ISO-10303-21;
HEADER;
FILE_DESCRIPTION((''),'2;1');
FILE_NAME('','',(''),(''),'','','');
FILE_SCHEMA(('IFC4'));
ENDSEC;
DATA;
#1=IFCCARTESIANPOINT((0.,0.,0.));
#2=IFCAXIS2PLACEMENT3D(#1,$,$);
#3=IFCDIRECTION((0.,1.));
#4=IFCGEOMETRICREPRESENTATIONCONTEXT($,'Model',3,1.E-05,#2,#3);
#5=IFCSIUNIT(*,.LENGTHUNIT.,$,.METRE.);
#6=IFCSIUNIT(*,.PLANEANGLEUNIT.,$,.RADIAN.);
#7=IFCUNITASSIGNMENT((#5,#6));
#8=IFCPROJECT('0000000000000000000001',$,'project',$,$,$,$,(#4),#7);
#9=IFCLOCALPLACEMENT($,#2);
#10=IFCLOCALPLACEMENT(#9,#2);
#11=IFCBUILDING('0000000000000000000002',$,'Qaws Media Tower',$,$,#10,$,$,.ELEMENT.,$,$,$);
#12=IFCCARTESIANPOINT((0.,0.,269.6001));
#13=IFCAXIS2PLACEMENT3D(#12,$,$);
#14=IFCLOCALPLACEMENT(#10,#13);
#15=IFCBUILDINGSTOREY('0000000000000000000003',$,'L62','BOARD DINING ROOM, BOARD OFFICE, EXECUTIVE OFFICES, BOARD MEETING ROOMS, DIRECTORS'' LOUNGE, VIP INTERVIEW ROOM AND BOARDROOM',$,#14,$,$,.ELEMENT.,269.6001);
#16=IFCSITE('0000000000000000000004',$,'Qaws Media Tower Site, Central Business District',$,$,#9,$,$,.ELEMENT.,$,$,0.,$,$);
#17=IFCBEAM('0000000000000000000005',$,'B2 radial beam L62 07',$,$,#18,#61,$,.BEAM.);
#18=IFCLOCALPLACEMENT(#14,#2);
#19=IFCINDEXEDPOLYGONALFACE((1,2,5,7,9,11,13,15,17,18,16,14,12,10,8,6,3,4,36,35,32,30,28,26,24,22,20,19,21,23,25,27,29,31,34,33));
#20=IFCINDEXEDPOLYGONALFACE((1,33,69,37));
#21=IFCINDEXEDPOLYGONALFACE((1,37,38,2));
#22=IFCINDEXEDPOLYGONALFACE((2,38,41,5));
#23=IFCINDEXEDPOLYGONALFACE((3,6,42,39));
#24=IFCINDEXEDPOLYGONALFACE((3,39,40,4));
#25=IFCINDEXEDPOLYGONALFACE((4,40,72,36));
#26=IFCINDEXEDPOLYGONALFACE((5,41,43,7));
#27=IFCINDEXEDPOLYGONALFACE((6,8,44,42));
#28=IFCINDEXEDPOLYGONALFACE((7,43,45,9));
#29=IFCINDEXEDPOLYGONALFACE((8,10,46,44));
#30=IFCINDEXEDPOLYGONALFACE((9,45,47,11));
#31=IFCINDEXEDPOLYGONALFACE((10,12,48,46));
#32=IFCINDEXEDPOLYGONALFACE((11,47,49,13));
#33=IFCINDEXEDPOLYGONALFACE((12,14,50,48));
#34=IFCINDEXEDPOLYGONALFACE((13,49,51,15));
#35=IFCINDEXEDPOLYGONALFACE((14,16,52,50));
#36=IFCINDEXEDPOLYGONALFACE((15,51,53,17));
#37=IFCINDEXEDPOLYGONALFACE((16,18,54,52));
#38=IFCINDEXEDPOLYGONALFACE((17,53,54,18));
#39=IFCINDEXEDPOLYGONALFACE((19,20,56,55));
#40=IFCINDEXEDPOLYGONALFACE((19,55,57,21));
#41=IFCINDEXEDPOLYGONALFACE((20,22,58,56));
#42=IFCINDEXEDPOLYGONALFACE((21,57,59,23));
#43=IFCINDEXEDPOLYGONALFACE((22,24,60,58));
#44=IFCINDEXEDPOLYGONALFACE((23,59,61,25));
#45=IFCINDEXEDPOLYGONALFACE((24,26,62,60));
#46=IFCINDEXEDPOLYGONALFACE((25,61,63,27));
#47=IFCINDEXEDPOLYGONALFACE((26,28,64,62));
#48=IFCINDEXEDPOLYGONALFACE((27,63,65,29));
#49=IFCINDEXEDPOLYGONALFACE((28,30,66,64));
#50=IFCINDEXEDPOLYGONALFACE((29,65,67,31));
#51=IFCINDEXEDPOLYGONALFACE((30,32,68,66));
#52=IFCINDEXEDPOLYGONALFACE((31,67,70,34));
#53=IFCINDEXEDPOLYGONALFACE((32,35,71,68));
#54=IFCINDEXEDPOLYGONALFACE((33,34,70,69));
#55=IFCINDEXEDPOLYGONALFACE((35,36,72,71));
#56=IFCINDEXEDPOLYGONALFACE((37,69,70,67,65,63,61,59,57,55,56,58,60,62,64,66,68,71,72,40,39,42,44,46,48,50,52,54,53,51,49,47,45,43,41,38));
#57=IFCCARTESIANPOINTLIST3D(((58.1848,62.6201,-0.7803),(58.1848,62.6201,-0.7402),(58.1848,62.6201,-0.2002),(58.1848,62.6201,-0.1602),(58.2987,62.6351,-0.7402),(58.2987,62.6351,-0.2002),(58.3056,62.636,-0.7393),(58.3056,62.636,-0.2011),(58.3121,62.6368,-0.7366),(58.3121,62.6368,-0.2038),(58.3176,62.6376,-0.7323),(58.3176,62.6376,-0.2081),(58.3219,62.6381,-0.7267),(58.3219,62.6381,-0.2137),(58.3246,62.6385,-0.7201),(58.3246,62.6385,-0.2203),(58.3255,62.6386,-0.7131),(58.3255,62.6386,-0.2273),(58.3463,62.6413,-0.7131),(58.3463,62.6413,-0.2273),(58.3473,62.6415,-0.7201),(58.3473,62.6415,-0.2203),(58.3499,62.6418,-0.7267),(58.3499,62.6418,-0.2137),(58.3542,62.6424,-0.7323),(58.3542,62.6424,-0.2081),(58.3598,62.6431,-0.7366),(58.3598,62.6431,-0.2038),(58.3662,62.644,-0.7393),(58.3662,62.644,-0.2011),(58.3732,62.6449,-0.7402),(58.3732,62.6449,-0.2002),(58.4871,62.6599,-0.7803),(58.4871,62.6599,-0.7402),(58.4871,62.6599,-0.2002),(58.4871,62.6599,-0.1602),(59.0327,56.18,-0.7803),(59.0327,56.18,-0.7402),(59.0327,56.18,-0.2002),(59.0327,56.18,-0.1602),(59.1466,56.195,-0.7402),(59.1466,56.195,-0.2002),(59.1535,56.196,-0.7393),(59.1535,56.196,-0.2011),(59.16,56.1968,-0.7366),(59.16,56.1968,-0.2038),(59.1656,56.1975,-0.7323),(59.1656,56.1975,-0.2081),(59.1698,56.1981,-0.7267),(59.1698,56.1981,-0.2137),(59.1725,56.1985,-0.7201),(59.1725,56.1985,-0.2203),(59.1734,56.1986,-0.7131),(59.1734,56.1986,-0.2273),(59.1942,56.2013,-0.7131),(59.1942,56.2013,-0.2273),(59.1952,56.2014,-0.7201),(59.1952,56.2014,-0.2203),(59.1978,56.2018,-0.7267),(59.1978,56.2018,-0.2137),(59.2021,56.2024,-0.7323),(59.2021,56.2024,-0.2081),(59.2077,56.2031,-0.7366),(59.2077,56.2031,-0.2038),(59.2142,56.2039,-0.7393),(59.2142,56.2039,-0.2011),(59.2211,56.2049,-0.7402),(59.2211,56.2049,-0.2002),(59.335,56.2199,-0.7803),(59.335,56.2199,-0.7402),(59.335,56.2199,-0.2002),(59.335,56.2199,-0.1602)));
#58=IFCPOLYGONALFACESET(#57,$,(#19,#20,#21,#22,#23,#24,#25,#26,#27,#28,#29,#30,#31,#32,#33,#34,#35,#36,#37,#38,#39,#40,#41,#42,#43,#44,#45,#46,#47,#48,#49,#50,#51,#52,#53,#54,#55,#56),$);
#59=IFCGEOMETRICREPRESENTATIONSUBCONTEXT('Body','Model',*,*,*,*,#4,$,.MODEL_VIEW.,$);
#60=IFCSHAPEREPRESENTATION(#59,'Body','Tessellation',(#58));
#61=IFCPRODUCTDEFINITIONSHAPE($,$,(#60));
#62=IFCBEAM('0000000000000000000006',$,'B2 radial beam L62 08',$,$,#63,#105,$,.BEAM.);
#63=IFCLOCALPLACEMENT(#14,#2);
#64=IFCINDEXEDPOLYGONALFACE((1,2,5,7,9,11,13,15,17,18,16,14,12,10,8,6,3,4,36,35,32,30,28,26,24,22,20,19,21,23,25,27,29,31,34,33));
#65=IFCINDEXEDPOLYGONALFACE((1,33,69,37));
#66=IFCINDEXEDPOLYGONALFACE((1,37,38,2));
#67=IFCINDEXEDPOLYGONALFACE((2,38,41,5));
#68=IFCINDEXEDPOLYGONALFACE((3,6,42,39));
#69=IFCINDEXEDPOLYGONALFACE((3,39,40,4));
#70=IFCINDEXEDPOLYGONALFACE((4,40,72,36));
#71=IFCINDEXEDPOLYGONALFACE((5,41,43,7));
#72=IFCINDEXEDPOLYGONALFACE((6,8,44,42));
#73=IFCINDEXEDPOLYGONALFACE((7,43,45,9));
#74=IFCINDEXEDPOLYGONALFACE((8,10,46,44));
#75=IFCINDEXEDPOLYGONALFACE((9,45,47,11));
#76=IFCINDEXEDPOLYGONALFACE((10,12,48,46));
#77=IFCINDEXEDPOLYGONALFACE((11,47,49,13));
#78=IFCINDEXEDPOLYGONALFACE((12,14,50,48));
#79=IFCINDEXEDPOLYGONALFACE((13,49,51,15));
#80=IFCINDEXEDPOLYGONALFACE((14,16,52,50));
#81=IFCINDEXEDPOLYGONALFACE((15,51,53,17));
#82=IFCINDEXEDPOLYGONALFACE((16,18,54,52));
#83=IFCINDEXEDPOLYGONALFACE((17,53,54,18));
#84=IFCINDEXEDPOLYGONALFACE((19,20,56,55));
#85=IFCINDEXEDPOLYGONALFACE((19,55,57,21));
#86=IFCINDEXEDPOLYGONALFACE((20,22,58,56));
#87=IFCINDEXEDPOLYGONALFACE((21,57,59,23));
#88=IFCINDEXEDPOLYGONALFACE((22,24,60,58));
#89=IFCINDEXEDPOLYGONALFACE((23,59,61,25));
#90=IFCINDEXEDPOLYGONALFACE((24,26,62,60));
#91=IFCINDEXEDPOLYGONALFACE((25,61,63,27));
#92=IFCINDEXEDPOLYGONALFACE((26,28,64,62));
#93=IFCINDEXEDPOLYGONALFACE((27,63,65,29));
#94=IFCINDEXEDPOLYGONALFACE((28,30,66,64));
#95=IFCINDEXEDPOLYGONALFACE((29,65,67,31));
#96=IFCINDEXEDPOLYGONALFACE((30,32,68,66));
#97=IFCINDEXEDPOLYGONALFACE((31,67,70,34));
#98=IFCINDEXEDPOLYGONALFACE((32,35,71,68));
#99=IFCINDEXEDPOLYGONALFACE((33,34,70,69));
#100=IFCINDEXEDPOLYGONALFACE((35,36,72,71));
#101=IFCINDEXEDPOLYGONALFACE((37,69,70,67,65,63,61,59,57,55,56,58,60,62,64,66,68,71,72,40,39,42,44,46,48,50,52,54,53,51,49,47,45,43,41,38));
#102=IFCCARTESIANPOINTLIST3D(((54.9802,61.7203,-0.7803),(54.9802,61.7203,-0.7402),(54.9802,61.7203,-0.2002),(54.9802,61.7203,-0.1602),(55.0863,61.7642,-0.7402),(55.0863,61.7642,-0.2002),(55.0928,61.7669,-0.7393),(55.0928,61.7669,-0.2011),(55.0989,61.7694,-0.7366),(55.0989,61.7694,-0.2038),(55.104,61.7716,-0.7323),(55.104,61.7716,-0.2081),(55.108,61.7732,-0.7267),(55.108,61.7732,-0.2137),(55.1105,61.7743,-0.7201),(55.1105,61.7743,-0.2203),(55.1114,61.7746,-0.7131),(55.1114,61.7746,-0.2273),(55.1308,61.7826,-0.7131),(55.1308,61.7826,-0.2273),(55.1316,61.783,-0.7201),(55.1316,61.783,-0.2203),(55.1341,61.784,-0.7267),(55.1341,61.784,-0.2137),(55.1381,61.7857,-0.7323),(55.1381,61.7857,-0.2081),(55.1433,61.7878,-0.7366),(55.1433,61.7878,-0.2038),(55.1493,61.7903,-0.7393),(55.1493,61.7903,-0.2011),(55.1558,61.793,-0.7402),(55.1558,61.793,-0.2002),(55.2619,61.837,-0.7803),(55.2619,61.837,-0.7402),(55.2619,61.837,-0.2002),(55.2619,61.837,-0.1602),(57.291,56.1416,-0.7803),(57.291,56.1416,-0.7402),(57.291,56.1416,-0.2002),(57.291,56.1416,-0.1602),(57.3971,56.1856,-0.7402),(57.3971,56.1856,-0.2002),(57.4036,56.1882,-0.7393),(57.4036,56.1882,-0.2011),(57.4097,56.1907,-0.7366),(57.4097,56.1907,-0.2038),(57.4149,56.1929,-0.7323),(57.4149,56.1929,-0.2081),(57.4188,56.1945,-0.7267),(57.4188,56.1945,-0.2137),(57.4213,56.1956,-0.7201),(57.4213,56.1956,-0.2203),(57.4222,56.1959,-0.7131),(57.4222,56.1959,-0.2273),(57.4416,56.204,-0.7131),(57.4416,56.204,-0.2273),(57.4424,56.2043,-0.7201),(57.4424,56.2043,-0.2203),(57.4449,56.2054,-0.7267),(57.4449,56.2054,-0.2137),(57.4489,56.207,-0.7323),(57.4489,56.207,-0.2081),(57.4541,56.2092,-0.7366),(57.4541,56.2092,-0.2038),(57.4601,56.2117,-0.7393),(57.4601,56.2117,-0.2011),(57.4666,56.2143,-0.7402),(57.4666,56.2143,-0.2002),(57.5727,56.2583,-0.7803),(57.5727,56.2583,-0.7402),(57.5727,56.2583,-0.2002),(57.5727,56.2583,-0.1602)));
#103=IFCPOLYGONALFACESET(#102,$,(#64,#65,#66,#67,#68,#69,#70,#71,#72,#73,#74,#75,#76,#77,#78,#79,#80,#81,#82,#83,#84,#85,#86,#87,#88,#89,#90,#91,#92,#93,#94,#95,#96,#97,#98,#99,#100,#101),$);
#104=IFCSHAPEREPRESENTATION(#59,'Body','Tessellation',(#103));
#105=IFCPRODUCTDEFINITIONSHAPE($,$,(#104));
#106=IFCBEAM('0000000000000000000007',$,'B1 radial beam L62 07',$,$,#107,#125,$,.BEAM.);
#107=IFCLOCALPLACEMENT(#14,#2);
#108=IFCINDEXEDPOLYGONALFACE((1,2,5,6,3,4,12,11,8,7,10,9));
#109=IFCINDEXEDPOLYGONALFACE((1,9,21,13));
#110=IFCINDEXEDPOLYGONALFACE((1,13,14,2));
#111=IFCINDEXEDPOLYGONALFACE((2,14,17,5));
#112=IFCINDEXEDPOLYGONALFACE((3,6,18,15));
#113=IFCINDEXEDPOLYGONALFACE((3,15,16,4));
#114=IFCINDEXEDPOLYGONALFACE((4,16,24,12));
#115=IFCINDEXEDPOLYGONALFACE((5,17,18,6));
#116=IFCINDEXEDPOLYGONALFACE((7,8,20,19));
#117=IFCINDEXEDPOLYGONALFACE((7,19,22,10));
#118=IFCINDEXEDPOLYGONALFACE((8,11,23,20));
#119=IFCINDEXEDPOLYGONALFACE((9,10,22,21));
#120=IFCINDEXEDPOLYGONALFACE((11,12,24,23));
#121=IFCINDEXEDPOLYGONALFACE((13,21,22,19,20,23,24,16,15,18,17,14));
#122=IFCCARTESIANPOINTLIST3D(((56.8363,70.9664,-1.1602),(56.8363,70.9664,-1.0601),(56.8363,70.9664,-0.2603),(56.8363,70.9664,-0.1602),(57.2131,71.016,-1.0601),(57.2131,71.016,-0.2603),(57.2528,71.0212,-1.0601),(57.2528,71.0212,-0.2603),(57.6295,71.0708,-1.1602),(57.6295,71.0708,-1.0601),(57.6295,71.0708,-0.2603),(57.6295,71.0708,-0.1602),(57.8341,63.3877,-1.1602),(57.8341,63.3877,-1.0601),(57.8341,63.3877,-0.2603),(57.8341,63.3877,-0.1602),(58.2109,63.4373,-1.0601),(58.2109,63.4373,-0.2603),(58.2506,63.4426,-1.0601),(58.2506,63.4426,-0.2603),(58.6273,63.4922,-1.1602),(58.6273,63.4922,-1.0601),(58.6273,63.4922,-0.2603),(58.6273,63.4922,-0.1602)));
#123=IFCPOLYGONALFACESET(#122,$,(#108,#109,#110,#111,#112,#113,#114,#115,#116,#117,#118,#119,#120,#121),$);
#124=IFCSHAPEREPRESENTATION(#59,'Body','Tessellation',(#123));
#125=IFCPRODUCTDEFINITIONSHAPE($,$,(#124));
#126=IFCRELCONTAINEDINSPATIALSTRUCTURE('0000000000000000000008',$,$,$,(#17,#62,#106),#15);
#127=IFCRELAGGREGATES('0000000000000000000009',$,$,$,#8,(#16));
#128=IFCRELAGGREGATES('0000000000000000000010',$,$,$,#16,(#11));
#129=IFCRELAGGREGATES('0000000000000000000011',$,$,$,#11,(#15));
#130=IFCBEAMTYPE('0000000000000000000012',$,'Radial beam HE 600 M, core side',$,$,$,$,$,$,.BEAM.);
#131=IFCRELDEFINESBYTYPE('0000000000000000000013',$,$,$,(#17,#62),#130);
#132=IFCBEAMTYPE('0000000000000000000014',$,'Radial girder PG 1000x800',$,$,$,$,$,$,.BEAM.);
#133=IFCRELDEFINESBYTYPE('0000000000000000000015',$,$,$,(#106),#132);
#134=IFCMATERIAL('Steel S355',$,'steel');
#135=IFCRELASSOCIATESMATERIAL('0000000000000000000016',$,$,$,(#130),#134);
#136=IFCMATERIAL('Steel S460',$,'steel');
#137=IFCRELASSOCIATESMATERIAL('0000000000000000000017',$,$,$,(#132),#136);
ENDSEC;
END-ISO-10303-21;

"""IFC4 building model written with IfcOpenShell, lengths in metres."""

from ifc_helpers import new_model, si_unit, direction, frame, origin, origin_2d, place, context, subcontext, project, spatial, i_section, extrude, material, material_profile, profile_set, type_object, element, save


model = new_model("IFC4")

# Units and contexts
model_context = context("Model", 3, precision=1e-05, world=origin(), true_north=direction((0.0, 1.0)))
body_context = subcontext(model_context, "Body", "Model", "MODEL_VIEW")
ifc_project = project(units=[si_unit("LENGTHUNIT", "METRE"), si_unit("PLANEANGLEUNIT", "RADIAN")], contexts=[model_context])

# Site, building, storey
site_placement = place(None, origin())
site = spatial("IfcSite", under=ifc_project, at=site_placement, Name="Qaws Media Tower Site, Central Business District", CompositionType="ELEMENT", RefElevation=0.0)
building_placement = place(site_placement, origin())
building = spatial("IfcBuilding", under=site, at=building_placement, Name="Qaws Media Tower", CompositionType="ELEMENT")
storey_placement = place(building_placement, frame((0.0, 0.0, 269.6001)))
storey = spatial("IfcBuildingStorey", under=building, at=storey_placement, Name="L62", Description="BOARD DINING ROOM, BOARD OFFICE, EXECUTIVE OFFICES, BOARD MEETING ROOMS, DIRECTORS' LOUNGE, VIP INTERVIEW ROOM AND BOARDROOM", CompositionType="ELEMENT", Elevation=269.6001)

# Beams
ifc_material_1 = material(Name="Steel S355", Category="steel")
ifc_material_profile_1 = material_profile(ifc_material_1, i_section(OverallWidth=0.3049, OverallDepth=0.6201, WebThickness=0.021, FlangeThickness=0.04, FilletRadius=0.0271, at=origin_2d()), Name="HE 600 M")
ifc_profile_set_1 = profile_set([ifc_material_profile_1], Name="Steel S355")
beam_type_1 = type_object("IfcBeamType", Name="Radial beam HE 600 M, core side", PredefinedType="BEAM", material=ifc_profile_set_1)
for number, where, z_axis, x_axis, name in (
    (1, (59.1838, 56.2, -0.4702), (-0.130536, 0.991444, 0.0), (-0.991444, -0.130536, 0.0), "B2 radial beam L62 07"),
):
    element("IfcBeam", number, at=place(storey_placement, frame(where, z_axis=z_axis, x_axis=x_axis)), inside=storey, type_object=beam_type_1, Name=name, PredefinedType="BEAM", context=body_context, shape_type="SweptSolid", body=[
        extrude(i_section(OverallWidth=0.3049, OverallDepth=0.6201, WebThickness=0.021, FlangeThickness=0.04, FilletRadius=0.0271, at=origin_2d()), origin(), (0.0, 0.0, 1.0), 6.4956),
    ])
beam_1_placement = place(storey_placement, frame((57.4319, 56.2, -0.4702), z_axis=(-0.382691, 0.923876, 0.0), x_axis=(-0.923876, -0.382691, 0.0)))
element("IfcBeam", 2, at=beam_1_placement, inside=storey, type_object=beam_type_1, Name="B2 radial beam L62 08", PredefinedType="BEAM", context=body_context, shape_type="SweptSolid", body=[
    extrude(i_section(OverallWidth=0.3049, OverallDepth=0.6201, WebThickness=0.021, FlangeThickness=0.04, FilletRadius=0.0271, at=origin_2d()), origin(), (0.0, 0.0, 1.0), 6.0383),
])
ifc_material_2 = material(Name="Steel S460", Category="steel")
ifc_material_profile_2 = material_profile(ifc_material_2, i_section(OverallWidth=0.8, OverallDepth=1.0, WebThickness=0.04, FlangeThickness=0.1001, at=origin_2d()), Name="PG 1000x800")
ifc_profile_set_2 = profile_set([ifc_material_profile_2], Name="Steel S460")
beam_type_2 = type_object("IfcBeamType", Name="Radial girder PG 1000x800", PredefinedType="BEAM", material=ifc_profile_set_2)
beam_2_placement = place(storey_placement, frame((58.2307, 63.4399, -0.6602), z_axis=(-0.130534, 0.991444, 0.0), x_axis=(-0.991444, -0.130534, 0.0)))
element("IfcBeam", 3, at=beam_2_placement, inside=storey, type_object=beam_type_2, Name="B1 radial beam L62 07", PredefinedType="BEAM", context=body_context, shape_type="SweptSolid", body=[
    extrude(i_section(OverallWidth=0.8, OverallDepth=1.0, WebThickness=0.04, FlangeThickness=0.1001, at=origin_2d()), origin(), (0.0, 0.0, 1.0), 7.644),
])

save(model, "model.ifc")
